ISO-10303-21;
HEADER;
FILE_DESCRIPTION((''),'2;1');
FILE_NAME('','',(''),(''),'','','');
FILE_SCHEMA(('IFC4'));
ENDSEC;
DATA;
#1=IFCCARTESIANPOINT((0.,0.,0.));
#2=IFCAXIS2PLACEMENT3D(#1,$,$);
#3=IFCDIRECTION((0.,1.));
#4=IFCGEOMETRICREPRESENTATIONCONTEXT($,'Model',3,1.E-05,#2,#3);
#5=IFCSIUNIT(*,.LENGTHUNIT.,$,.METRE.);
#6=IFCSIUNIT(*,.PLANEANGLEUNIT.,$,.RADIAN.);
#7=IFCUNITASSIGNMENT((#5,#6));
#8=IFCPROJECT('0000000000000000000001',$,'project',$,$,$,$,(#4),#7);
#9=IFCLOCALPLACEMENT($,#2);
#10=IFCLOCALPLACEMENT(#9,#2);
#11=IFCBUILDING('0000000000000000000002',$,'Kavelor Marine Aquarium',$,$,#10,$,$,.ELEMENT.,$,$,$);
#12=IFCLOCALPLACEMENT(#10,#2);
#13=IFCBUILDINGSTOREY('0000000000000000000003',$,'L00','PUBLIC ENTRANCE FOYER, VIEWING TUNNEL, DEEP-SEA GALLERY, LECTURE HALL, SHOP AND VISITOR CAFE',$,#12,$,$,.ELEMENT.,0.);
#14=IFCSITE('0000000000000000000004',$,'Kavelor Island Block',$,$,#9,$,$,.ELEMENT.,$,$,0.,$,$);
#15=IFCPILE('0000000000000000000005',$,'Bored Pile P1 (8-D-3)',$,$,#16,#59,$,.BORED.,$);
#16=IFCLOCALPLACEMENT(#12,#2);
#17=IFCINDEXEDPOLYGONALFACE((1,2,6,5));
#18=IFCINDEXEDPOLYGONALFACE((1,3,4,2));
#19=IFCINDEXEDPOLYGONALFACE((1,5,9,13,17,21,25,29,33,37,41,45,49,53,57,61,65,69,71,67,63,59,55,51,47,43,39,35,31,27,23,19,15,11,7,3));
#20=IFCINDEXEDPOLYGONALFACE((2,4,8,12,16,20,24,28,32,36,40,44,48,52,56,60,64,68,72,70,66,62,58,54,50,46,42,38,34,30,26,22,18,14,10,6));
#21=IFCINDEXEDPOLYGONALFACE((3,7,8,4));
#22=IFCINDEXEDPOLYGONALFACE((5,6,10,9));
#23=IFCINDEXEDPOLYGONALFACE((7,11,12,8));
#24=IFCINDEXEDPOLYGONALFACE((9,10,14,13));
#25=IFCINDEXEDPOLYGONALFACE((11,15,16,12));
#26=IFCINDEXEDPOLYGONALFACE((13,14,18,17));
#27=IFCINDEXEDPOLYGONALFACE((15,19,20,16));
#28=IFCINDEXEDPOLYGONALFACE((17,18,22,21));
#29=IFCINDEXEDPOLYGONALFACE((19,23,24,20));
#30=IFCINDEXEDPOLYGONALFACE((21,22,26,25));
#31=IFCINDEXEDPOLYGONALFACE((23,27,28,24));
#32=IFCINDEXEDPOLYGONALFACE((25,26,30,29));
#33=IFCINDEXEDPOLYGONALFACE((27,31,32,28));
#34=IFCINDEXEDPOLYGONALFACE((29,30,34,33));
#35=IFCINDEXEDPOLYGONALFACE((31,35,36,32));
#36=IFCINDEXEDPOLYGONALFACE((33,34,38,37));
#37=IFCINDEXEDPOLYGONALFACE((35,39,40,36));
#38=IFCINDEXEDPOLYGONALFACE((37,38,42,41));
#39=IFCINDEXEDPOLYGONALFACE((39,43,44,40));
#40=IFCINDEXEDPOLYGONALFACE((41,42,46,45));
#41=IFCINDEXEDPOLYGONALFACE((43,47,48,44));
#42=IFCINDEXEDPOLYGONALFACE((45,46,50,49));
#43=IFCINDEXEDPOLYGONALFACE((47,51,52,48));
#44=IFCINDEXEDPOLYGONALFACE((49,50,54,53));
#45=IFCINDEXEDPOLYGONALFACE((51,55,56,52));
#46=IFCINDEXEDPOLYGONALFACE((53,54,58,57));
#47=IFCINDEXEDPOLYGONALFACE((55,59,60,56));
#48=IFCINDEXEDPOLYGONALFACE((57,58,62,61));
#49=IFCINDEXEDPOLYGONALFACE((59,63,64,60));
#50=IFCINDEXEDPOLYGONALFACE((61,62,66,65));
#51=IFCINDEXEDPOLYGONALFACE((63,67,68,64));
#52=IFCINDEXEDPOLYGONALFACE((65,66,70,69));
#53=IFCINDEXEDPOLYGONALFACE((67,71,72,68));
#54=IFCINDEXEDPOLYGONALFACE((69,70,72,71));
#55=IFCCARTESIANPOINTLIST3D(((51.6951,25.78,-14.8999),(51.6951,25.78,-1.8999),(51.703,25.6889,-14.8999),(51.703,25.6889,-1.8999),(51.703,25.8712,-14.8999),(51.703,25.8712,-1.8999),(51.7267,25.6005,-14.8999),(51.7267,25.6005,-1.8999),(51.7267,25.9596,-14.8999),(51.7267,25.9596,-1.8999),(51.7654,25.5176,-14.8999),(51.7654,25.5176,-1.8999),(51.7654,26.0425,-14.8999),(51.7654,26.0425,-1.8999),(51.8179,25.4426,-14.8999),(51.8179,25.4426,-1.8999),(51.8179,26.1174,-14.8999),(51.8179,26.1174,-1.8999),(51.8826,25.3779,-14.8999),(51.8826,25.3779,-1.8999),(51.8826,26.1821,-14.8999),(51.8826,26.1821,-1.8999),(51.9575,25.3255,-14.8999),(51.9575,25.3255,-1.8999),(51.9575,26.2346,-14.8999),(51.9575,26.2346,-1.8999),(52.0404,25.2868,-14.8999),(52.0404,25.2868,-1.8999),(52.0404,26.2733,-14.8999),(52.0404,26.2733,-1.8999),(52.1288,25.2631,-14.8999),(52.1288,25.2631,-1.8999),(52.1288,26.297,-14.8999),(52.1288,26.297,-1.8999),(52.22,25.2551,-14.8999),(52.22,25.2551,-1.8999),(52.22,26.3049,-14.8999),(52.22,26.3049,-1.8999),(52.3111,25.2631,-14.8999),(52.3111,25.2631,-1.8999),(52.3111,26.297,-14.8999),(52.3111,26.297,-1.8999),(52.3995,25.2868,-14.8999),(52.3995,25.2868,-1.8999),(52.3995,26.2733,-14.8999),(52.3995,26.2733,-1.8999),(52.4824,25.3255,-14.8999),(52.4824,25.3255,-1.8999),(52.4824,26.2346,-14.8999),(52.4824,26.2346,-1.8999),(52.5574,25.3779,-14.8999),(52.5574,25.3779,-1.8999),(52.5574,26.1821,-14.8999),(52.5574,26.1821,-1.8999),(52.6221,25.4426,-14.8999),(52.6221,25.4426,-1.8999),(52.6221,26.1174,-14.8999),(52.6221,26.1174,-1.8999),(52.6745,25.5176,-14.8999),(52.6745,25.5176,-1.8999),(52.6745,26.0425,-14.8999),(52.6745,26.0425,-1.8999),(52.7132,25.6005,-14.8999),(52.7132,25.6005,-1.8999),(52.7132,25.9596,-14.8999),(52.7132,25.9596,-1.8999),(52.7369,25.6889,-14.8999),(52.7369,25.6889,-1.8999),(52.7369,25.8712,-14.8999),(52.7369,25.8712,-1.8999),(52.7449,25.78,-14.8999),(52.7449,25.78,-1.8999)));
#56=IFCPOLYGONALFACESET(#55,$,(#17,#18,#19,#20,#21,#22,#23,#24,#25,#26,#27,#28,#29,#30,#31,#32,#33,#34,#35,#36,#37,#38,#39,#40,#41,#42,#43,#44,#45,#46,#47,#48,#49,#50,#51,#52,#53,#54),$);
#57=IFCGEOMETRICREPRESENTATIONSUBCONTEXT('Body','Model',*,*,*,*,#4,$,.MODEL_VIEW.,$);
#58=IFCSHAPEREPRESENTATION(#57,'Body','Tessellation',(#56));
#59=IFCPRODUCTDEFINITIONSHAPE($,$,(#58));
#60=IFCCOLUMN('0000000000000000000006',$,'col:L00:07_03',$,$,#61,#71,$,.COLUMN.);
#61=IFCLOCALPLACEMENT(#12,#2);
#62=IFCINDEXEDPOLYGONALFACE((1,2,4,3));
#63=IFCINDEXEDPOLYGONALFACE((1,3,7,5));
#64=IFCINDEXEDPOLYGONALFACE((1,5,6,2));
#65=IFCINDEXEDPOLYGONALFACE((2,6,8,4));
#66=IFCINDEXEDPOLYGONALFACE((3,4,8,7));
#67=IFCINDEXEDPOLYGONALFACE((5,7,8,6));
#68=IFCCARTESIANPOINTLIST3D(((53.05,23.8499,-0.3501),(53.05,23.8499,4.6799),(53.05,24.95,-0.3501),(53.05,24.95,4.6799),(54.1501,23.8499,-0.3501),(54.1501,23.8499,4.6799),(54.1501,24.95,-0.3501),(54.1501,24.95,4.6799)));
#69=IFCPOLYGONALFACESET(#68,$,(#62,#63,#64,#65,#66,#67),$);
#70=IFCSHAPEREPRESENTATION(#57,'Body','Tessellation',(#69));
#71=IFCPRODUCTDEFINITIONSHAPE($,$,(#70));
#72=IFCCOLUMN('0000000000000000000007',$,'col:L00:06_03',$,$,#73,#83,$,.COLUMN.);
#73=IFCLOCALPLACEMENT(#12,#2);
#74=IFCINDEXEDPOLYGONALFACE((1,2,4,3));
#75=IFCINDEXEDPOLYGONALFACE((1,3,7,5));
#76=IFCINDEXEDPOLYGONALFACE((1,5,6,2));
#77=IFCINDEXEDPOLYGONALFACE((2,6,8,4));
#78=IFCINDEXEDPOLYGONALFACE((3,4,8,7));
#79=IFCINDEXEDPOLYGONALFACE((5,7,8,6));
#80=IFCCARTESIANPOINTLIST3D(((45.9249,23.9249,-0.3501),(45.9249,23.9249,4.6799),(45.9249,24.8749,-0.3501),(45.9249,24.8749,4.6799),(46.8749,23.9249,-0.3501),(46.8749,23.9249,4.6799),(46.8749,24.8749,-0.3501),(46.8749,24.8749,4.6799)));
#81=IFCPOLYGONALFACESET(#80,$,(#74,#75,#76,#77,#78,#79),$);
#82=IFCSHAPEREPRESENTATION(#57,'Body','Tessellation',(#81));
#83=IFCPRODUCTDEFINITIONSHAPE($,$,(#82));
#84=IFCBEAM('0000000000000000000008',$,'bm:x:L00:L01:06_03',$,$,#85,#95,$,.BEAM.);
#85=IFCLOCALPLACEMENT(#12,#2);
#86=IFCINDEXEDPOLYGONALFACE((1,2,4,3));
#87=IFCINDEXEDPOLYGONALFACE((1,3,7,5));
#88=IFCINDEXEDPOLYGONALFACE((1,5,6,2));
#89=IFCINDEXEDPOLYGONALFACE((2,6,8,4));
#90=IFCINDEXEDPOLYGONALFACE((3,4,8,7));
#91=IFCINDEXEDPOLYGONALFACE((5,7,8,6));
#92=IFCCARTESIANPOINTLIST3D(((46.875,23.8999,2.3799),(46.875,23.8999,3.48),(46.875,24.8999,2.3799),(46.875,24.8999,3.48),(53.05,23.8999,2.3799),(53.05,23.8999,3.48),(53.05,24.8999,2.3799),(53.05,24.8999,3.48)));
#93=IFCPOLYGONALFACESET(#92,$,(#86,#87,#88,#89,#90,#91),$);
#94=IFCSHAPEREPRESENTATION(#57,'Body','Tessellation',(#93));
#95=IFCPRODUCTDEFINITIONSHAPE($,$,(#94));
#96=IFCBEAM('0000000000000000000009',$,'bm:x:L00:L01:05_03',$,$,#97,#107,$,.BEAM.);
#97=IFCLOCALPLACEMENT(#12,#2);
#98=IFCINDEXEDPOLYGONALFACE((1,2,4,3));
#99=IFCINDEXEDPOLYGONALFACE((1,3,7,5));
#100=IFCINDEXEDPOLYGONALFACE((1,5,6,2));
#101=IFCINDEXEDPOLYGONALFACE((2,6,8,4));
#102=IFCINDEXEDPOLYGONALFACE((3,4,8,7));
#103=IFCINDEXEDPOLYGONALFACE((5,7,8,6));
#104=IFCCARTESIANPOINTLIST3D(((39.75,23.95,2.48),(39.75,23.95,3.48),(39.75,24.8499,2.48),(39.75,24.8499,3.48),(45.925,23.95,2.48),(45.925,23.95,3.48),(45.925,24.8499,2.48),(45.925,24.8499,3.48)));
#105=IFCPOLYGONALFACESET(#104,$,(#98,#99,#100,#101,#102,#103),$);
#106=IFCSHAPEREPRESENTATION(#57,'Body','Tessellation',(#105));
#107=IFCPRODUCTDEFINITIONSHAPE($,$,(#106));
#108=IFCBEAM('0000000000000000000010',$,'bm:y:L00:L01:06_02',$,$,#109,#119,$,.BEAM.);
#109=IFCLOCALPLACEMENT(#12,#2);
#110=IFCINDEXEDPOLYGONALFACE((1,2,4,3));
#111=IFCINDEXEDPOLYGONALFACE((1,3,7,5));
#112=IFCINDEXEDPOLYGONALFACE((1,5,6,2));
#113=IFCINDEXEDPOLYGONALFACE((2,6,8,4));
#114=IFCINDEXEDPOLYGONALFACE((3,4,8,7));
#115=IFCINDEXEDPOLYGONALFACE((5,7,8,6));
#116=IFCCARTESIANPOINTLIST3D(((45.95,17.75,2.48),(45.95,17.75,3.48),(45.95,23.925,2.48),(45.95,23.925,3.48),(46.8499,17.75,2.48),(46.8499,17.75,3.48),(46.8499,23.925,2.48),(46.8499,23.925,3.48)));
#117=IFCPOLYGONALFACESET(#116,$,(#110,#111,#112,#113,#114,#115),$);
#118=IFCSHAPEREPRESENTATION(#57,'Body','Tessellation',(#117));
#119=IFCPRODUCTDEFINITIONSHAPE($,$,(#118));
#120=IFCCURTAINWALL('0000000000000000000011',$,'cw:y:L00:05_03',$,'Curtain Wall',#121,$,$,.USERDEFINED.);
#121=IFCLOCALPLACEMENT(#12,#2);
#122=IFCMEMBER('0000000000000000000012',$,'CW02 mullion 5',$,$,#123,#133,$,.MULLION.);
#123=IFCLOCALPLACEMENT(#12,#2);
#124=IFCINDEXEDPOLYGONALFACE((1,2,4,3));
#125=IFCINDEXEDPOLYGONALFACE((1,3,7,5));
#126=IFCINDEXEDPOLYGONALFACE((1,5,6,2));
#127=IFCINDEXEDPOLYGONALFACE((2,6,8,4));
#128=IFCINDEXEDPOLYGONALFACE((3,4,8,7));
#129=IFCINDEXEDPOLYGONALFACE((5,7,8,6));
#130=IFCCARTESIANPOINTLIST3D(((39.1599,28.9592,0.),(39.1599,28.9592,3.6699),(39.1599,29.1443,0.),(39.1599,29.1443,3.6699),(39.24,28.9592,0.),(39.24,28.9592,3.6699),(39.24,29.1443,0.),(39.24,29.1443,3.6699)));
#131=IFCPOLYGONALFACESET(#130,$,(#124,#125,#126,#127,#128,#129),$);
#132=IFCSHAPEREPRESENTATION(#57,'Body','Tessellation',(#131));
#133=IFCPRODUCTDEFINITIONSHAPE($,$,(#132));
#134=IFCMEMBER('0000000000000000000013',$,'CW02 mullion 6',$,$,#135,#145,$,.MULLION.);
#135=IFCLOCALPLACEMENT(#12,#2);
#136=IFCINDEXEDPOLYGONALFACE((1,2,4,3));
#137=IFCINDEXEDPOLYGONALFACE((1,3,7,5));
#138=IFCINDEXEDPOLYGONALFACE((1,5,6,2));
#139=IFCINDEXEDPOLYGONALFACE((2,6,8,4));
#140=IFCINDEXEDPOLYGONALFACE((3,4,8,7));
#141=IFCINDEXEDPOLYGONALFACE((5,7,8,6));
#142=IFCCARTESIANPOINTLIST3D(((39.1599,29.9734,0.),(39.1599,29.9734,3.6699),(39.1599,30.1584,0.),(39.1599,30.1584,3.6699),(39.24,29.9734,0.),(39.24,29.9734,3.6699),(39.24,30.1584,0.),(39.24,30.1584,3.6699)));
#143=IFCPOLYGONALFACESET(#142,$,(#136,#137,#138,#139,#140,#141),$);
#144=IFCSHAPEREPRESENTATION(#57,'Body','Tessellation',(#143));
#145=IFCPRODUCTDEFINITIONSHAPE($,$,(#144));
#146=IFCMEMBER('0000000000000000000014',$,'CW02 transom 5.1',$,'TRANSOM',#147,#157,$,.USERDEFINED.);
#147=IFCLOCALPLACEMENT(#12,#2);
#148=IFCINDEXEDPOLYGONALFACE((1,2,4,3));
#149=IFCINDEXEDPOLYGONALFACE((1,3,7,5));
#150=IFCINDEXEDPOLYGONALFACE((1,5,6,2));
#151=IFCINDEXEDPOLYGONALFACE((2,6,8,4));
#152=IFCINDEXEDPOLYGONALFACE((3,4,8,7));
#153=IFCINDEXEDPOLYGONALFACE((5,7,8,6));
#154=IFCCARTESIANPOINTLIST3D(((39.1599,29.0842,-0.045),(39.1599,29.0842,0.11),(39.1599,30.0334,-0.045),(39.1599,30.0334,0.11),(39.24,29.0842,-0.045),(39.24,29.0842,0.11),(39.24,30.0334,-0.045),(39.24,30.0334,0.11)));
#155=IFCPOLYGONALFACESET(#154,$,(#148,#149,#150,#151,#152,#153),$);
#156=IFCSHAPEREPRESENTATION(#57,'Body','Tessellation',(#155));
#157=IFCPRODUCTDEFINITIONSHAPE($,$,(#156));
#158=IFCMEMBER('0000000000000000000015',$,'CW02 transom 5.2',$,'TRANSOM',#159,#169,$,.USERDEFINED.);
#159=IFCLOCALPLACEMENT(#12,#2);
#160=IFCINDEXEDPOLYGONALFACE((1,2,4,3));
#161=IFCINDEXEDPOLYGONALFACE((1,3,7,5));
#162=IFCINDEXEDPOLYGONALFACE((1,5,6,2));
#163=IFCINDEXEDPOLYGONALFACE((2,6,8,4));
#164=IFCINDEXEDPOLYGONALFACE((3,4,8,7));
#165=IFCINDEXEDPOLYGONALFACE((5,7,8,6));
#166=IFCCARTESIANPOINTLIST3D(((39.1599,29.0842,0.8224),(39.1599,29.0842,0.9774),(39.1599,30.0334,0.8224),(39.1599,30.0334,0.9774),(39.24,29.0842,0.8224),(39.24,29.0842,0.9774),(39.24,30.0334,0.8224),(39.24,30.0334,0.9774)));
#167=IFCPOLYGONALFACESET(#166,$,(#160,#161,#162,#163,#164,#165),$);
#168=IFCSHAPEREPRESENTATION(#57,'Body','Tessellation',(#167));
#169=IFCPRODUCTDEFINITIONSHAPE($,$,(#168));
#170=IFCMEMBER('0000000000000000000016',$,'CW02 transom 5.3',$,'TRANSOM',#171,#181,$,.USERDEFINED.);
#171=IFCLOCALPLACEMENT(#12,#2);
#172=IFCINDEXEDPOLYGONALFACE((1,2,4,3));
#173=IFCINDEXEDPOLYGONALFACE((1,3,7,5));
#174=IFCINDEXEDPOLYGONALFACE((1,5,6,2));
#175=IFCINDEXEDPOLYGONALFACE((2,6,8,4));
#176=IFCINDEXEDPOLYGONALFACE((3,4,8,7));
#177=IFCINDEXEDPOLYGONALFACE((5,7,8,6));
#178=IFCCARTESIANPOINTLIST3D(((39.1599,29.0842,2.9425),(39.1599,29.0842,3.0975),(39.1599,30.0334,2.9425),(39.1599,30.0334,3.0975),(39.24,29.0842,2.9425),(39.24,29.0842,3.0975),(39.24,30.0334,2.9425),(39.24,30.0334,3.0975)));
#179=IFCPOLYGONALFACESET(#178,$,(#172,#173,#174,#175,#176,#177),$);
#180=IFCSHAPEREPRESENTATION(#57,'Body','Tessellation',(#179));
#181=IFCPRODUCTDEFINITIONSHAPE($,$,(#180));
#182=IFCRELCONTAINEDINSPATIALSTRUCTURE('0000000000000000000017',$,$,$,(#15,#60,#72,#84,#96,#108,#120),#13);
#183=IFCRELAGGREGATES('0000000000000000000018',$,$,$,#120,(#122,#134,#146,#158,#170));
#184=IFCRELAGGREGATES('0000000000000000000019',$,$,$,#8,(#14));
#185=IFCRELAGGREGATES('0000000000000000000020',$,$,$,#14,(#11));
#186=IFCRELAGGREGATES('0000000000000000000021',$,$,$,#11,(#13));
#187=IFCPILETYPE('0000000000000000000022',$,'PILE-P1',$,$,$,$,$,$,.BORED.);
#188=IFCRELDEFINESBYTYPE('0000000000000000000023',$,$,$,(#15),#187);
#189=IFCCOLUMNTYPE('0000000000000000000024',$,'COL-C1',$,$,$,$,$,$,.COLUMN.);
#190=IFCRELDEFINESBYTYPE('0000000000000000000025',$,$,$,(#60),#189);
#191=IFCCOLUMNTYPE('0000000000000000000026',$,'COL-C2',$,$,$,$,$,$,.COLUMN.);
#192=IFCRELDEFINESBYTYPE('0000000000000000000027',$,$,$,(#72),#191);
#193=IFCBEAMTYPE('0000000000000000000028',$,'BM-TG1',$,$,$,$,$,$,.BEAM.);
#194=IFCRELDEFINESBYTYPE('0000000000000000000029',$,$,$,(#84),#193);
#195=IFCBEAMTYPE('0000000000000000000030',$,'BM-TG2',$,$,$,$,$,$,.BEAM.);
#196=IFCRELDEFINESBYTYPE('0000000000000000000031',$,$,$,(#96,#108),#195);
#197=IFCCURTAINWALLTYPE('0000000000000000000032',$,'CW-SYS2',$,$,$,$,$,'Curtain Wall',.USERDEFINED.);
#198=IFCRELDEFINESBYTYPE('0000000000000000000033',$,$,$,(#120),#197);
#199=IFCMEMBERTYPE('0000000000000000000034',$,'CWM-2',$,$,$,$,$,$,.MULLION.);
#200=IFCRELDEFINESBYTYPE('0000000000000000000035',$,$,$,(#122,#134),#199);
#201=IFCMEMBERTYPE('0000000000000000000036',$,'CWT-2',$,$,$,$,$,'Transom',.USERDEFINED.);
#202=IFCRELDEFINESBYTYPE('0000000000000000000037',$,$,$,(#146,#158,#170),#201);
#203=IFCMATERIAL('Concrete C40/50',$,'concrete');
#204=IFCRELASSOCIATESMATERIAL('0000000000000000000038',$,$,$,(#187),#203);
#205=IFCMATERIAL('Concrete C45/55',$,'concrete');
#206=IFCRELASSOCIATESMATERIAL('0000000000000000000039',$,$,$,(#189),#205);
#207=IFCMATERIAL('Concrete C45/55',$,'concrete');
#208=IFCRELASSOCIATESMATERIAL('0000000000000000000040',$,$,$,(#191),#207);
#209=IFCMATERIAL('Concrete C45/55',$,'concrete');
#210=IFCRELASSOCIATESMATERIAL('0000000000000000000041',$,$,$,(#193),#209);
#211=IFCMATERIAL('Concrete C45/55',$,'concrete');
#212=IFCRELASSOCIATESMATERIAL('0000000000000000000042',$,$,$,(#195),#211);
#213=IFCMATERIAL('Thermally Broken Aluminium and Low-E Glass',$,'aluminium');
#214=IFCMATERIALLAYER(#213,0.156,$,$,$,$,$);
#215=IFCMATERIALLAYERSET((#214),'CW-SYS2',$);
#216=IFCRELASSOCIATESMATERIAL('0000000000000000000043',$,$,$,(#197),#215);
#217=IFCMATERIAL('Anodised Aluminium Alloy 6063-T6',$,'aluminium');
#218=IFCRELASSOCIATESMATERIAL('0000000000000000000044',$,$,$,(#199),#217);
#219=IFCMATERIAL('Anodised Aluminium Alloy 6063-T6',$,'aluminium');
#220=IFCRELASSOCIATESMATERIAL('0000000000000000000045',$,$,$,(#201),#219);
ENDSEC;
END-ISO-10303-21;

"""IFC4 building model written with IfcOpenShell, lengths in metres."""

from ifc_helpers import new_model, si_unit, direction, frame, origin, origin_2d, place, context, subcontext, project, spatial, rectangle, circle, extrude, material, layer, layer_set, material_profile, profile_set, type_object, element, aggregate, save


model = new_model("IFC4")

# Units and contexts
model_context = context("Model", 3, precision=1e-05, world=origin(), true_north=direction((0.0, 1.0)))
body_context = subcontext(model_context, "Body", "Model", "MODEL_VIEW")
ifc_project = project(units=[si_unit("LENGTHUNIT", "METRE"), si_unit("PLANEANGLEUNIT", "RADIAN")], contexts=[model_context])

# Site, building, storey
site_placement = place(None, origin())
site = spatial("IfcSite", under=ifc_project, at=site_placement, Name="Kavelor Island Block", CompositionType="ELEMENT", RefElevation=0.0)
building_placement = place(site_placement, origin())
building = spatial("IfcBuilding", under=site, at=building_placement, Name="Kavelor Marine Aquarium", CompositionType="ELEMENT")
storey_placement = place(building_placement, origin())
storey = spatial("IfcBuildingStorey", under=building, at=storey_placement, Name="L00", Description="PUBLIC ENTRANCE FOYER, VIEWING TUNNEL, DEEP-SEA GALLERY, LECTURE HALL, SHOP AND VISITOR CAFE", CompositionType="ELEMENT", Elevation=0.0)

# Pile
ifc_material_1 = material(Name="Concrete C40/50", Category="concrete")
ifc_material_profile_1 = material_profile(ifc_material_1, circle(Radius=0.5249, at=origin_2d()), Name="PILE D1050")
ifc_profile_set_1 = profile_set([ifc_material_profile_1], Name="Concrete C40/50")
pile_type = type_object("IfcPileType", Name="PILE-P1", PredefinedType="BORED", material=ifc_profile_set_1)
for number, where, z_axis, x_axis, name in (
    (1, (52.22, 25.78, -1.8999), (0.0, 0.0, -1.0), (1.0, 0.0, 0.0), "Bored Pile P1 (8-D-3)"),
):
    element("IfcPile", number, at=place(storey_placement, frame(where, z_axis=z_axis, x_axis=x_axis)), inside=storey, type_object=pile_type, Name=name, PredefinedType="BORED", context=body_context, shape_type="SweptSolid", body=[
        extrude(circle(Radius=0.5249, at=origin_2d()), origin(), (0.0, 0.0, 1.0), 13.0),
    ])

# Columns
ifc_material_2 = material(Name="Concrete C45/55", Category="concrete")
ifc_material_profile_2 = material_profile(ifc_material_2, rectangle(XDim=1.1001, YDim=1.1001, at=origin_2d()), Name="RC-COL 1100x1100")
ifc_profile_set_2 = profile_set([ifc_material_profile_2], Name="Concrete C45/55")
column_type_1 = type_object("IfcColumnType", Name="COL-C1", PredefinedType="COLUMN", material=ifc_profile_set_2)
column_1_placement = place(storey_placement, frame((53.6001, 24.3999, -0.3501), z_axis=(0.0, 0.0, 1.0), x_axis=(1.0, 0.0, 0.0)))
element("IfcColumn", 2, at=column_1_placement, inside=storey, type_object=column_type_1, Name="col:L00:07_03", PredefinedType="COLUMN", context=body_context, shape_type="SweptSolid", body=[
    extrude(rectangle(XDim=1.1001, YDim=1.1001, at=origin_2d()), origin(), (0.0, 0.0, 1.0), 5.03),
])
ifc_material_3 = material(Name="Concrete C45/55", Category="concrete")
ifc_material_profile_3 = material_profile(ifc_material_3, rectangle(XDim=0.95, YDim=0.95, at=origin_2d()), Name="RC-COL 950x950")
ifc_profile_set_3 = profile_set([ifc_material_profile_3], Name="Concrete C45/55")
column_type_2 = type_object("IfcColumnType", Name="COL-C2", PredefinedType="COLUMN", material=ifc_profile_set_3)
column_2_placement = place(storey_placement, frame((46.3999, 24.3999, -0.3501), z_axis=(0.0, 0.0, 1.0), x_axis=(1.0, 0.0, 0.0)))
element("IfcColumn", 3, at=column_2_placement, inside=storey, type_object=column_type_2, Name="col:L00:06_03", PredefinedType="COLUMN", context=body_context, shape_type="SweptSolid", body=[
    extrude(rectangle(XDim=0.95, YDim=0.95, at=origin_2d()), origin(), (0.0, 0.0, 1.0), 5.03),
])

# Beams
ifc_material_4 = material(Name="Concrete C45/55", Category="concrete")
ifc_material_profile_4 = material_profile(ifc_material_4, rectangle(XDim=1.0, YDim=1.1001, at=origin_2d()), Name="RC-TG 1000x1100")
ifc_profile_set_4 = profile_set([ifc_material_profile_4], Name="Concrete C45/55")
beam_type_1 = type_object("IfcBeamType", Name="BM-TG1", PredefinedType="BEAM", material=ifc_profile_set_4)
beam_placement = place(storey_placement, frame((46.875, 24.3999, 2.9299), z_axis=(1.0, 0.0, 0.0), x_axis=(0.0, 1.0, 0.0)))
element("IfcBeam", 4, at=beam_placement, inside=storey, type_object=beam_type_1, Name="bm:x:L00:L01:06_03", PredefinedType="BEAM", context=body_context, shape_type="SweptSolid", body=[
    extrude(rectangle(XDim=1.0, YDim=1.1001, at=origin_2d()), origin(), (0.0, 0.0, 1.0), 6.175),
])
ifc_material_5 = material(Name="Concrete C45/55", Category="concrete")
ifc_material_profile_5 = material_profile(ifc_material_5, rectangle(XDim=0.8999, YDim=1.0, at=origin_2d()), Name="RC-TG 900x1000")
ifc_profile_set_5 = profile_set([ifc_material_profile_5], Name="Concrete C45/55")
beam_type_2 = type_object("IfcBeamType", Name="BM-TG2", PredefinedType="BEAM", material=ifc_profile_set_5)
for number, where, z_axis, x_axis, name in (
    (5, (39.75, 24.3999, 2.98), (1.0, 0.0, 0.0), (0.0, 1.0, 0.0), "bm:x:L00:L01:05_03"),
    (6, (46.3999, 17.75, 2.98), (0.0, 1.0, 0.0), (-1.0, 0.0, 0.0), "bm:y:L00:L01:06_02"),
):
    element("IfcBeam", number, at=place(storey_placement, frame(where, z_axis=z_axis, x_axis=x_axis)), inside=storey, type_object=beam_type_2, Name=name, PredefinedType="BEAM", context=body_context, shape_type="SweptSolid", body=[
        extrude(rectangle(XDim=0.8999, YDim=1.0, at=origin_2d()), origin(), (0.0, 0.0, 1.0), 6.175),
    ])

# Curtain wall, members
ifc_material_6 = material(Name="Thermally Broken Aluminium and Low-E Glass", Category="aluminium")
ifc_layer_1 = layer(ifc_material_6, 0.156)
ifc_layer_set_1 = layer_set([ifc_layer_1], Name="CW-SYS2")
curtain_wall_type = type_object("IfcCurtainWallType", Name="CW-SYS2", ElementType="Curtain Wall", PredefinedType="USERDEFINED", material=ifc_layer_set_1)
curtain_wall_placement = place(storey_placement, origin())
curtain_wall = element("IfcCurtainWall", 7, at=curtain_wall_placement, inside=storey, type_object=curtain_wall_type, Name="cw:y:L00:05_03", ObjectType="Curtain Wall", PredefinedType="USERDEFINED")
ifc_material_7 = material(Name="Anodised Aluminium Alloy 6063-T6", Category="aluminium")
ifc_material_profile_6 = material_profile(ifc_material_7, rectangle(XDim=0.0801, YDim=0.1851, at=origin_2d()), Name="CW-MUL 80x185")
ifc_profile_set_6 = profile_set([ifc_material_profile_6], Name="Anodised Aluminium Alloy 6063-T6")
member_type_1 = type_object("IfcMemberType", Name="CWM-2", PredefinedType="MULLION", material=ifc_profile_set_6)
member_1_placement = place(storey_placement, frame((39.2, 29.0518, 0.0), z_axis=(0.0, 0.0, 1.0), x_axis=(-1.0, 0.0, 0.0)))
member_1 = element("IfcMember", 8, at=member_1_placement, type_object=member_type_1, Name="CW02 mullion 5", PredefinedType="MULLION", context=body_context, shape_type="SweptSolid", body=[
    extrude(rectangle(XDim=0.0801, YDim=0.1851, at=origin_2d()), origin(), (0.0, 0.0, 1.0), 3.6699),
])
member_2_placement = place(storey_placement, frame((39.2, 30.0659, 0.0), z_axis=(0.0, 0.0, 1.0), x_axis=(-1.0, 0.0, 0.0)))
member_2 = element("IfcMember", 9, at=member_2_placement, type_object=member_type_1, Name="CW02 mullion 6", PredefinedType="MULLION", context=body_context, shape_type="SweptSolid", body=[
    extrude(rectangle(XDim=0.0801, YDim=0.1851, at=origin_2d()), origin(), (0.0, 0.0, 1.0), 3.6699),
])
ifc_material_8 = material(Name="Anodised Aluminium Alloy 6063-T6", Category="aluminium")
ifc_material_profile_7 = material_profile(ifc_material_8, rectangle(XDim=0.0801, YDim=0.155, at=origin_2d()), Name="CW-TRN 80x155")
ifc_profile_set_7 = profile_set([ifc_material_profile_7], Name="Anodised Aluminium Alloy 6063-T6")
member_type_2 = type_object("IfcMemberType", Name="CWT-2", ElementType="Transom", PredefinedType="USERDEFINED", material=ifc_profile_set_7)
member_3_placement = place(storey_placement, frame((39.2, 29.0842, 0.0325), z_axis=(0.0, 1.0, 0.0), x_axis=(-1.0, 0.0, 0.0)))
member_3 = element("IfcMember", 10, at=member_3_placement, type_object=member_type_2, Name="CW02 transom 5.1", ObjectType="TRANSOM", PredefinedType="USERDEFINED", context=body_context, shape_type="SweptSolid", body=[
    extrude(rectangle(XDim=0.0801, YDim=0.155, at=origin_2d()), origin(), (0.0, 0.0, 1.0), 0.9492),
])
member_4_placement = place(storey_placement, frame((39.2, 29.0842, 0.8999), z_axis=(0.0, 1.0, 0.0), x_axis=(-1.0, 0.0, 0.0)))
member_4 = element("IfcMember", 11, at=member_4_placement, type_object=member_type_2, Name="CW02 transom 5.2", ObjectType="TRANSOM", PredefinedType="USERDEFINED", context=body_context, shape_type="SweptSolid", body=[
    extrude(rectangle(XDim=0.0801, YDim=0.155, at=origin_2d()), origin(), (0.0, 0.0, 1.0), 0.9492),
])
member_5_placement = place(storey_placement, frame((39.2, 29.0842, 3.02), z_axis=(0.0, 1.0, 0.0), x_axis=(-1.0, 0.0, 0.0)))
member_5 = element("IfcMember", 12, at=member_5_placement, type_object=member_type_2, Name="CW02 transom 5.3", ObjectType="TRANSOM", PredefinedType="USERDEFINED", context=body_context, shape_type="SweptSolid", body=[
    extrude(rectangle(XDim=0.0801, YDim=0.155, at=origin_2d()), origin(), (0.0, 0.0, 1.0), 0.9492),
])
aggregate(curtain_wall, [member_1, member_2, member_3, member_4, member_5])

save(model, "model.ifc")
